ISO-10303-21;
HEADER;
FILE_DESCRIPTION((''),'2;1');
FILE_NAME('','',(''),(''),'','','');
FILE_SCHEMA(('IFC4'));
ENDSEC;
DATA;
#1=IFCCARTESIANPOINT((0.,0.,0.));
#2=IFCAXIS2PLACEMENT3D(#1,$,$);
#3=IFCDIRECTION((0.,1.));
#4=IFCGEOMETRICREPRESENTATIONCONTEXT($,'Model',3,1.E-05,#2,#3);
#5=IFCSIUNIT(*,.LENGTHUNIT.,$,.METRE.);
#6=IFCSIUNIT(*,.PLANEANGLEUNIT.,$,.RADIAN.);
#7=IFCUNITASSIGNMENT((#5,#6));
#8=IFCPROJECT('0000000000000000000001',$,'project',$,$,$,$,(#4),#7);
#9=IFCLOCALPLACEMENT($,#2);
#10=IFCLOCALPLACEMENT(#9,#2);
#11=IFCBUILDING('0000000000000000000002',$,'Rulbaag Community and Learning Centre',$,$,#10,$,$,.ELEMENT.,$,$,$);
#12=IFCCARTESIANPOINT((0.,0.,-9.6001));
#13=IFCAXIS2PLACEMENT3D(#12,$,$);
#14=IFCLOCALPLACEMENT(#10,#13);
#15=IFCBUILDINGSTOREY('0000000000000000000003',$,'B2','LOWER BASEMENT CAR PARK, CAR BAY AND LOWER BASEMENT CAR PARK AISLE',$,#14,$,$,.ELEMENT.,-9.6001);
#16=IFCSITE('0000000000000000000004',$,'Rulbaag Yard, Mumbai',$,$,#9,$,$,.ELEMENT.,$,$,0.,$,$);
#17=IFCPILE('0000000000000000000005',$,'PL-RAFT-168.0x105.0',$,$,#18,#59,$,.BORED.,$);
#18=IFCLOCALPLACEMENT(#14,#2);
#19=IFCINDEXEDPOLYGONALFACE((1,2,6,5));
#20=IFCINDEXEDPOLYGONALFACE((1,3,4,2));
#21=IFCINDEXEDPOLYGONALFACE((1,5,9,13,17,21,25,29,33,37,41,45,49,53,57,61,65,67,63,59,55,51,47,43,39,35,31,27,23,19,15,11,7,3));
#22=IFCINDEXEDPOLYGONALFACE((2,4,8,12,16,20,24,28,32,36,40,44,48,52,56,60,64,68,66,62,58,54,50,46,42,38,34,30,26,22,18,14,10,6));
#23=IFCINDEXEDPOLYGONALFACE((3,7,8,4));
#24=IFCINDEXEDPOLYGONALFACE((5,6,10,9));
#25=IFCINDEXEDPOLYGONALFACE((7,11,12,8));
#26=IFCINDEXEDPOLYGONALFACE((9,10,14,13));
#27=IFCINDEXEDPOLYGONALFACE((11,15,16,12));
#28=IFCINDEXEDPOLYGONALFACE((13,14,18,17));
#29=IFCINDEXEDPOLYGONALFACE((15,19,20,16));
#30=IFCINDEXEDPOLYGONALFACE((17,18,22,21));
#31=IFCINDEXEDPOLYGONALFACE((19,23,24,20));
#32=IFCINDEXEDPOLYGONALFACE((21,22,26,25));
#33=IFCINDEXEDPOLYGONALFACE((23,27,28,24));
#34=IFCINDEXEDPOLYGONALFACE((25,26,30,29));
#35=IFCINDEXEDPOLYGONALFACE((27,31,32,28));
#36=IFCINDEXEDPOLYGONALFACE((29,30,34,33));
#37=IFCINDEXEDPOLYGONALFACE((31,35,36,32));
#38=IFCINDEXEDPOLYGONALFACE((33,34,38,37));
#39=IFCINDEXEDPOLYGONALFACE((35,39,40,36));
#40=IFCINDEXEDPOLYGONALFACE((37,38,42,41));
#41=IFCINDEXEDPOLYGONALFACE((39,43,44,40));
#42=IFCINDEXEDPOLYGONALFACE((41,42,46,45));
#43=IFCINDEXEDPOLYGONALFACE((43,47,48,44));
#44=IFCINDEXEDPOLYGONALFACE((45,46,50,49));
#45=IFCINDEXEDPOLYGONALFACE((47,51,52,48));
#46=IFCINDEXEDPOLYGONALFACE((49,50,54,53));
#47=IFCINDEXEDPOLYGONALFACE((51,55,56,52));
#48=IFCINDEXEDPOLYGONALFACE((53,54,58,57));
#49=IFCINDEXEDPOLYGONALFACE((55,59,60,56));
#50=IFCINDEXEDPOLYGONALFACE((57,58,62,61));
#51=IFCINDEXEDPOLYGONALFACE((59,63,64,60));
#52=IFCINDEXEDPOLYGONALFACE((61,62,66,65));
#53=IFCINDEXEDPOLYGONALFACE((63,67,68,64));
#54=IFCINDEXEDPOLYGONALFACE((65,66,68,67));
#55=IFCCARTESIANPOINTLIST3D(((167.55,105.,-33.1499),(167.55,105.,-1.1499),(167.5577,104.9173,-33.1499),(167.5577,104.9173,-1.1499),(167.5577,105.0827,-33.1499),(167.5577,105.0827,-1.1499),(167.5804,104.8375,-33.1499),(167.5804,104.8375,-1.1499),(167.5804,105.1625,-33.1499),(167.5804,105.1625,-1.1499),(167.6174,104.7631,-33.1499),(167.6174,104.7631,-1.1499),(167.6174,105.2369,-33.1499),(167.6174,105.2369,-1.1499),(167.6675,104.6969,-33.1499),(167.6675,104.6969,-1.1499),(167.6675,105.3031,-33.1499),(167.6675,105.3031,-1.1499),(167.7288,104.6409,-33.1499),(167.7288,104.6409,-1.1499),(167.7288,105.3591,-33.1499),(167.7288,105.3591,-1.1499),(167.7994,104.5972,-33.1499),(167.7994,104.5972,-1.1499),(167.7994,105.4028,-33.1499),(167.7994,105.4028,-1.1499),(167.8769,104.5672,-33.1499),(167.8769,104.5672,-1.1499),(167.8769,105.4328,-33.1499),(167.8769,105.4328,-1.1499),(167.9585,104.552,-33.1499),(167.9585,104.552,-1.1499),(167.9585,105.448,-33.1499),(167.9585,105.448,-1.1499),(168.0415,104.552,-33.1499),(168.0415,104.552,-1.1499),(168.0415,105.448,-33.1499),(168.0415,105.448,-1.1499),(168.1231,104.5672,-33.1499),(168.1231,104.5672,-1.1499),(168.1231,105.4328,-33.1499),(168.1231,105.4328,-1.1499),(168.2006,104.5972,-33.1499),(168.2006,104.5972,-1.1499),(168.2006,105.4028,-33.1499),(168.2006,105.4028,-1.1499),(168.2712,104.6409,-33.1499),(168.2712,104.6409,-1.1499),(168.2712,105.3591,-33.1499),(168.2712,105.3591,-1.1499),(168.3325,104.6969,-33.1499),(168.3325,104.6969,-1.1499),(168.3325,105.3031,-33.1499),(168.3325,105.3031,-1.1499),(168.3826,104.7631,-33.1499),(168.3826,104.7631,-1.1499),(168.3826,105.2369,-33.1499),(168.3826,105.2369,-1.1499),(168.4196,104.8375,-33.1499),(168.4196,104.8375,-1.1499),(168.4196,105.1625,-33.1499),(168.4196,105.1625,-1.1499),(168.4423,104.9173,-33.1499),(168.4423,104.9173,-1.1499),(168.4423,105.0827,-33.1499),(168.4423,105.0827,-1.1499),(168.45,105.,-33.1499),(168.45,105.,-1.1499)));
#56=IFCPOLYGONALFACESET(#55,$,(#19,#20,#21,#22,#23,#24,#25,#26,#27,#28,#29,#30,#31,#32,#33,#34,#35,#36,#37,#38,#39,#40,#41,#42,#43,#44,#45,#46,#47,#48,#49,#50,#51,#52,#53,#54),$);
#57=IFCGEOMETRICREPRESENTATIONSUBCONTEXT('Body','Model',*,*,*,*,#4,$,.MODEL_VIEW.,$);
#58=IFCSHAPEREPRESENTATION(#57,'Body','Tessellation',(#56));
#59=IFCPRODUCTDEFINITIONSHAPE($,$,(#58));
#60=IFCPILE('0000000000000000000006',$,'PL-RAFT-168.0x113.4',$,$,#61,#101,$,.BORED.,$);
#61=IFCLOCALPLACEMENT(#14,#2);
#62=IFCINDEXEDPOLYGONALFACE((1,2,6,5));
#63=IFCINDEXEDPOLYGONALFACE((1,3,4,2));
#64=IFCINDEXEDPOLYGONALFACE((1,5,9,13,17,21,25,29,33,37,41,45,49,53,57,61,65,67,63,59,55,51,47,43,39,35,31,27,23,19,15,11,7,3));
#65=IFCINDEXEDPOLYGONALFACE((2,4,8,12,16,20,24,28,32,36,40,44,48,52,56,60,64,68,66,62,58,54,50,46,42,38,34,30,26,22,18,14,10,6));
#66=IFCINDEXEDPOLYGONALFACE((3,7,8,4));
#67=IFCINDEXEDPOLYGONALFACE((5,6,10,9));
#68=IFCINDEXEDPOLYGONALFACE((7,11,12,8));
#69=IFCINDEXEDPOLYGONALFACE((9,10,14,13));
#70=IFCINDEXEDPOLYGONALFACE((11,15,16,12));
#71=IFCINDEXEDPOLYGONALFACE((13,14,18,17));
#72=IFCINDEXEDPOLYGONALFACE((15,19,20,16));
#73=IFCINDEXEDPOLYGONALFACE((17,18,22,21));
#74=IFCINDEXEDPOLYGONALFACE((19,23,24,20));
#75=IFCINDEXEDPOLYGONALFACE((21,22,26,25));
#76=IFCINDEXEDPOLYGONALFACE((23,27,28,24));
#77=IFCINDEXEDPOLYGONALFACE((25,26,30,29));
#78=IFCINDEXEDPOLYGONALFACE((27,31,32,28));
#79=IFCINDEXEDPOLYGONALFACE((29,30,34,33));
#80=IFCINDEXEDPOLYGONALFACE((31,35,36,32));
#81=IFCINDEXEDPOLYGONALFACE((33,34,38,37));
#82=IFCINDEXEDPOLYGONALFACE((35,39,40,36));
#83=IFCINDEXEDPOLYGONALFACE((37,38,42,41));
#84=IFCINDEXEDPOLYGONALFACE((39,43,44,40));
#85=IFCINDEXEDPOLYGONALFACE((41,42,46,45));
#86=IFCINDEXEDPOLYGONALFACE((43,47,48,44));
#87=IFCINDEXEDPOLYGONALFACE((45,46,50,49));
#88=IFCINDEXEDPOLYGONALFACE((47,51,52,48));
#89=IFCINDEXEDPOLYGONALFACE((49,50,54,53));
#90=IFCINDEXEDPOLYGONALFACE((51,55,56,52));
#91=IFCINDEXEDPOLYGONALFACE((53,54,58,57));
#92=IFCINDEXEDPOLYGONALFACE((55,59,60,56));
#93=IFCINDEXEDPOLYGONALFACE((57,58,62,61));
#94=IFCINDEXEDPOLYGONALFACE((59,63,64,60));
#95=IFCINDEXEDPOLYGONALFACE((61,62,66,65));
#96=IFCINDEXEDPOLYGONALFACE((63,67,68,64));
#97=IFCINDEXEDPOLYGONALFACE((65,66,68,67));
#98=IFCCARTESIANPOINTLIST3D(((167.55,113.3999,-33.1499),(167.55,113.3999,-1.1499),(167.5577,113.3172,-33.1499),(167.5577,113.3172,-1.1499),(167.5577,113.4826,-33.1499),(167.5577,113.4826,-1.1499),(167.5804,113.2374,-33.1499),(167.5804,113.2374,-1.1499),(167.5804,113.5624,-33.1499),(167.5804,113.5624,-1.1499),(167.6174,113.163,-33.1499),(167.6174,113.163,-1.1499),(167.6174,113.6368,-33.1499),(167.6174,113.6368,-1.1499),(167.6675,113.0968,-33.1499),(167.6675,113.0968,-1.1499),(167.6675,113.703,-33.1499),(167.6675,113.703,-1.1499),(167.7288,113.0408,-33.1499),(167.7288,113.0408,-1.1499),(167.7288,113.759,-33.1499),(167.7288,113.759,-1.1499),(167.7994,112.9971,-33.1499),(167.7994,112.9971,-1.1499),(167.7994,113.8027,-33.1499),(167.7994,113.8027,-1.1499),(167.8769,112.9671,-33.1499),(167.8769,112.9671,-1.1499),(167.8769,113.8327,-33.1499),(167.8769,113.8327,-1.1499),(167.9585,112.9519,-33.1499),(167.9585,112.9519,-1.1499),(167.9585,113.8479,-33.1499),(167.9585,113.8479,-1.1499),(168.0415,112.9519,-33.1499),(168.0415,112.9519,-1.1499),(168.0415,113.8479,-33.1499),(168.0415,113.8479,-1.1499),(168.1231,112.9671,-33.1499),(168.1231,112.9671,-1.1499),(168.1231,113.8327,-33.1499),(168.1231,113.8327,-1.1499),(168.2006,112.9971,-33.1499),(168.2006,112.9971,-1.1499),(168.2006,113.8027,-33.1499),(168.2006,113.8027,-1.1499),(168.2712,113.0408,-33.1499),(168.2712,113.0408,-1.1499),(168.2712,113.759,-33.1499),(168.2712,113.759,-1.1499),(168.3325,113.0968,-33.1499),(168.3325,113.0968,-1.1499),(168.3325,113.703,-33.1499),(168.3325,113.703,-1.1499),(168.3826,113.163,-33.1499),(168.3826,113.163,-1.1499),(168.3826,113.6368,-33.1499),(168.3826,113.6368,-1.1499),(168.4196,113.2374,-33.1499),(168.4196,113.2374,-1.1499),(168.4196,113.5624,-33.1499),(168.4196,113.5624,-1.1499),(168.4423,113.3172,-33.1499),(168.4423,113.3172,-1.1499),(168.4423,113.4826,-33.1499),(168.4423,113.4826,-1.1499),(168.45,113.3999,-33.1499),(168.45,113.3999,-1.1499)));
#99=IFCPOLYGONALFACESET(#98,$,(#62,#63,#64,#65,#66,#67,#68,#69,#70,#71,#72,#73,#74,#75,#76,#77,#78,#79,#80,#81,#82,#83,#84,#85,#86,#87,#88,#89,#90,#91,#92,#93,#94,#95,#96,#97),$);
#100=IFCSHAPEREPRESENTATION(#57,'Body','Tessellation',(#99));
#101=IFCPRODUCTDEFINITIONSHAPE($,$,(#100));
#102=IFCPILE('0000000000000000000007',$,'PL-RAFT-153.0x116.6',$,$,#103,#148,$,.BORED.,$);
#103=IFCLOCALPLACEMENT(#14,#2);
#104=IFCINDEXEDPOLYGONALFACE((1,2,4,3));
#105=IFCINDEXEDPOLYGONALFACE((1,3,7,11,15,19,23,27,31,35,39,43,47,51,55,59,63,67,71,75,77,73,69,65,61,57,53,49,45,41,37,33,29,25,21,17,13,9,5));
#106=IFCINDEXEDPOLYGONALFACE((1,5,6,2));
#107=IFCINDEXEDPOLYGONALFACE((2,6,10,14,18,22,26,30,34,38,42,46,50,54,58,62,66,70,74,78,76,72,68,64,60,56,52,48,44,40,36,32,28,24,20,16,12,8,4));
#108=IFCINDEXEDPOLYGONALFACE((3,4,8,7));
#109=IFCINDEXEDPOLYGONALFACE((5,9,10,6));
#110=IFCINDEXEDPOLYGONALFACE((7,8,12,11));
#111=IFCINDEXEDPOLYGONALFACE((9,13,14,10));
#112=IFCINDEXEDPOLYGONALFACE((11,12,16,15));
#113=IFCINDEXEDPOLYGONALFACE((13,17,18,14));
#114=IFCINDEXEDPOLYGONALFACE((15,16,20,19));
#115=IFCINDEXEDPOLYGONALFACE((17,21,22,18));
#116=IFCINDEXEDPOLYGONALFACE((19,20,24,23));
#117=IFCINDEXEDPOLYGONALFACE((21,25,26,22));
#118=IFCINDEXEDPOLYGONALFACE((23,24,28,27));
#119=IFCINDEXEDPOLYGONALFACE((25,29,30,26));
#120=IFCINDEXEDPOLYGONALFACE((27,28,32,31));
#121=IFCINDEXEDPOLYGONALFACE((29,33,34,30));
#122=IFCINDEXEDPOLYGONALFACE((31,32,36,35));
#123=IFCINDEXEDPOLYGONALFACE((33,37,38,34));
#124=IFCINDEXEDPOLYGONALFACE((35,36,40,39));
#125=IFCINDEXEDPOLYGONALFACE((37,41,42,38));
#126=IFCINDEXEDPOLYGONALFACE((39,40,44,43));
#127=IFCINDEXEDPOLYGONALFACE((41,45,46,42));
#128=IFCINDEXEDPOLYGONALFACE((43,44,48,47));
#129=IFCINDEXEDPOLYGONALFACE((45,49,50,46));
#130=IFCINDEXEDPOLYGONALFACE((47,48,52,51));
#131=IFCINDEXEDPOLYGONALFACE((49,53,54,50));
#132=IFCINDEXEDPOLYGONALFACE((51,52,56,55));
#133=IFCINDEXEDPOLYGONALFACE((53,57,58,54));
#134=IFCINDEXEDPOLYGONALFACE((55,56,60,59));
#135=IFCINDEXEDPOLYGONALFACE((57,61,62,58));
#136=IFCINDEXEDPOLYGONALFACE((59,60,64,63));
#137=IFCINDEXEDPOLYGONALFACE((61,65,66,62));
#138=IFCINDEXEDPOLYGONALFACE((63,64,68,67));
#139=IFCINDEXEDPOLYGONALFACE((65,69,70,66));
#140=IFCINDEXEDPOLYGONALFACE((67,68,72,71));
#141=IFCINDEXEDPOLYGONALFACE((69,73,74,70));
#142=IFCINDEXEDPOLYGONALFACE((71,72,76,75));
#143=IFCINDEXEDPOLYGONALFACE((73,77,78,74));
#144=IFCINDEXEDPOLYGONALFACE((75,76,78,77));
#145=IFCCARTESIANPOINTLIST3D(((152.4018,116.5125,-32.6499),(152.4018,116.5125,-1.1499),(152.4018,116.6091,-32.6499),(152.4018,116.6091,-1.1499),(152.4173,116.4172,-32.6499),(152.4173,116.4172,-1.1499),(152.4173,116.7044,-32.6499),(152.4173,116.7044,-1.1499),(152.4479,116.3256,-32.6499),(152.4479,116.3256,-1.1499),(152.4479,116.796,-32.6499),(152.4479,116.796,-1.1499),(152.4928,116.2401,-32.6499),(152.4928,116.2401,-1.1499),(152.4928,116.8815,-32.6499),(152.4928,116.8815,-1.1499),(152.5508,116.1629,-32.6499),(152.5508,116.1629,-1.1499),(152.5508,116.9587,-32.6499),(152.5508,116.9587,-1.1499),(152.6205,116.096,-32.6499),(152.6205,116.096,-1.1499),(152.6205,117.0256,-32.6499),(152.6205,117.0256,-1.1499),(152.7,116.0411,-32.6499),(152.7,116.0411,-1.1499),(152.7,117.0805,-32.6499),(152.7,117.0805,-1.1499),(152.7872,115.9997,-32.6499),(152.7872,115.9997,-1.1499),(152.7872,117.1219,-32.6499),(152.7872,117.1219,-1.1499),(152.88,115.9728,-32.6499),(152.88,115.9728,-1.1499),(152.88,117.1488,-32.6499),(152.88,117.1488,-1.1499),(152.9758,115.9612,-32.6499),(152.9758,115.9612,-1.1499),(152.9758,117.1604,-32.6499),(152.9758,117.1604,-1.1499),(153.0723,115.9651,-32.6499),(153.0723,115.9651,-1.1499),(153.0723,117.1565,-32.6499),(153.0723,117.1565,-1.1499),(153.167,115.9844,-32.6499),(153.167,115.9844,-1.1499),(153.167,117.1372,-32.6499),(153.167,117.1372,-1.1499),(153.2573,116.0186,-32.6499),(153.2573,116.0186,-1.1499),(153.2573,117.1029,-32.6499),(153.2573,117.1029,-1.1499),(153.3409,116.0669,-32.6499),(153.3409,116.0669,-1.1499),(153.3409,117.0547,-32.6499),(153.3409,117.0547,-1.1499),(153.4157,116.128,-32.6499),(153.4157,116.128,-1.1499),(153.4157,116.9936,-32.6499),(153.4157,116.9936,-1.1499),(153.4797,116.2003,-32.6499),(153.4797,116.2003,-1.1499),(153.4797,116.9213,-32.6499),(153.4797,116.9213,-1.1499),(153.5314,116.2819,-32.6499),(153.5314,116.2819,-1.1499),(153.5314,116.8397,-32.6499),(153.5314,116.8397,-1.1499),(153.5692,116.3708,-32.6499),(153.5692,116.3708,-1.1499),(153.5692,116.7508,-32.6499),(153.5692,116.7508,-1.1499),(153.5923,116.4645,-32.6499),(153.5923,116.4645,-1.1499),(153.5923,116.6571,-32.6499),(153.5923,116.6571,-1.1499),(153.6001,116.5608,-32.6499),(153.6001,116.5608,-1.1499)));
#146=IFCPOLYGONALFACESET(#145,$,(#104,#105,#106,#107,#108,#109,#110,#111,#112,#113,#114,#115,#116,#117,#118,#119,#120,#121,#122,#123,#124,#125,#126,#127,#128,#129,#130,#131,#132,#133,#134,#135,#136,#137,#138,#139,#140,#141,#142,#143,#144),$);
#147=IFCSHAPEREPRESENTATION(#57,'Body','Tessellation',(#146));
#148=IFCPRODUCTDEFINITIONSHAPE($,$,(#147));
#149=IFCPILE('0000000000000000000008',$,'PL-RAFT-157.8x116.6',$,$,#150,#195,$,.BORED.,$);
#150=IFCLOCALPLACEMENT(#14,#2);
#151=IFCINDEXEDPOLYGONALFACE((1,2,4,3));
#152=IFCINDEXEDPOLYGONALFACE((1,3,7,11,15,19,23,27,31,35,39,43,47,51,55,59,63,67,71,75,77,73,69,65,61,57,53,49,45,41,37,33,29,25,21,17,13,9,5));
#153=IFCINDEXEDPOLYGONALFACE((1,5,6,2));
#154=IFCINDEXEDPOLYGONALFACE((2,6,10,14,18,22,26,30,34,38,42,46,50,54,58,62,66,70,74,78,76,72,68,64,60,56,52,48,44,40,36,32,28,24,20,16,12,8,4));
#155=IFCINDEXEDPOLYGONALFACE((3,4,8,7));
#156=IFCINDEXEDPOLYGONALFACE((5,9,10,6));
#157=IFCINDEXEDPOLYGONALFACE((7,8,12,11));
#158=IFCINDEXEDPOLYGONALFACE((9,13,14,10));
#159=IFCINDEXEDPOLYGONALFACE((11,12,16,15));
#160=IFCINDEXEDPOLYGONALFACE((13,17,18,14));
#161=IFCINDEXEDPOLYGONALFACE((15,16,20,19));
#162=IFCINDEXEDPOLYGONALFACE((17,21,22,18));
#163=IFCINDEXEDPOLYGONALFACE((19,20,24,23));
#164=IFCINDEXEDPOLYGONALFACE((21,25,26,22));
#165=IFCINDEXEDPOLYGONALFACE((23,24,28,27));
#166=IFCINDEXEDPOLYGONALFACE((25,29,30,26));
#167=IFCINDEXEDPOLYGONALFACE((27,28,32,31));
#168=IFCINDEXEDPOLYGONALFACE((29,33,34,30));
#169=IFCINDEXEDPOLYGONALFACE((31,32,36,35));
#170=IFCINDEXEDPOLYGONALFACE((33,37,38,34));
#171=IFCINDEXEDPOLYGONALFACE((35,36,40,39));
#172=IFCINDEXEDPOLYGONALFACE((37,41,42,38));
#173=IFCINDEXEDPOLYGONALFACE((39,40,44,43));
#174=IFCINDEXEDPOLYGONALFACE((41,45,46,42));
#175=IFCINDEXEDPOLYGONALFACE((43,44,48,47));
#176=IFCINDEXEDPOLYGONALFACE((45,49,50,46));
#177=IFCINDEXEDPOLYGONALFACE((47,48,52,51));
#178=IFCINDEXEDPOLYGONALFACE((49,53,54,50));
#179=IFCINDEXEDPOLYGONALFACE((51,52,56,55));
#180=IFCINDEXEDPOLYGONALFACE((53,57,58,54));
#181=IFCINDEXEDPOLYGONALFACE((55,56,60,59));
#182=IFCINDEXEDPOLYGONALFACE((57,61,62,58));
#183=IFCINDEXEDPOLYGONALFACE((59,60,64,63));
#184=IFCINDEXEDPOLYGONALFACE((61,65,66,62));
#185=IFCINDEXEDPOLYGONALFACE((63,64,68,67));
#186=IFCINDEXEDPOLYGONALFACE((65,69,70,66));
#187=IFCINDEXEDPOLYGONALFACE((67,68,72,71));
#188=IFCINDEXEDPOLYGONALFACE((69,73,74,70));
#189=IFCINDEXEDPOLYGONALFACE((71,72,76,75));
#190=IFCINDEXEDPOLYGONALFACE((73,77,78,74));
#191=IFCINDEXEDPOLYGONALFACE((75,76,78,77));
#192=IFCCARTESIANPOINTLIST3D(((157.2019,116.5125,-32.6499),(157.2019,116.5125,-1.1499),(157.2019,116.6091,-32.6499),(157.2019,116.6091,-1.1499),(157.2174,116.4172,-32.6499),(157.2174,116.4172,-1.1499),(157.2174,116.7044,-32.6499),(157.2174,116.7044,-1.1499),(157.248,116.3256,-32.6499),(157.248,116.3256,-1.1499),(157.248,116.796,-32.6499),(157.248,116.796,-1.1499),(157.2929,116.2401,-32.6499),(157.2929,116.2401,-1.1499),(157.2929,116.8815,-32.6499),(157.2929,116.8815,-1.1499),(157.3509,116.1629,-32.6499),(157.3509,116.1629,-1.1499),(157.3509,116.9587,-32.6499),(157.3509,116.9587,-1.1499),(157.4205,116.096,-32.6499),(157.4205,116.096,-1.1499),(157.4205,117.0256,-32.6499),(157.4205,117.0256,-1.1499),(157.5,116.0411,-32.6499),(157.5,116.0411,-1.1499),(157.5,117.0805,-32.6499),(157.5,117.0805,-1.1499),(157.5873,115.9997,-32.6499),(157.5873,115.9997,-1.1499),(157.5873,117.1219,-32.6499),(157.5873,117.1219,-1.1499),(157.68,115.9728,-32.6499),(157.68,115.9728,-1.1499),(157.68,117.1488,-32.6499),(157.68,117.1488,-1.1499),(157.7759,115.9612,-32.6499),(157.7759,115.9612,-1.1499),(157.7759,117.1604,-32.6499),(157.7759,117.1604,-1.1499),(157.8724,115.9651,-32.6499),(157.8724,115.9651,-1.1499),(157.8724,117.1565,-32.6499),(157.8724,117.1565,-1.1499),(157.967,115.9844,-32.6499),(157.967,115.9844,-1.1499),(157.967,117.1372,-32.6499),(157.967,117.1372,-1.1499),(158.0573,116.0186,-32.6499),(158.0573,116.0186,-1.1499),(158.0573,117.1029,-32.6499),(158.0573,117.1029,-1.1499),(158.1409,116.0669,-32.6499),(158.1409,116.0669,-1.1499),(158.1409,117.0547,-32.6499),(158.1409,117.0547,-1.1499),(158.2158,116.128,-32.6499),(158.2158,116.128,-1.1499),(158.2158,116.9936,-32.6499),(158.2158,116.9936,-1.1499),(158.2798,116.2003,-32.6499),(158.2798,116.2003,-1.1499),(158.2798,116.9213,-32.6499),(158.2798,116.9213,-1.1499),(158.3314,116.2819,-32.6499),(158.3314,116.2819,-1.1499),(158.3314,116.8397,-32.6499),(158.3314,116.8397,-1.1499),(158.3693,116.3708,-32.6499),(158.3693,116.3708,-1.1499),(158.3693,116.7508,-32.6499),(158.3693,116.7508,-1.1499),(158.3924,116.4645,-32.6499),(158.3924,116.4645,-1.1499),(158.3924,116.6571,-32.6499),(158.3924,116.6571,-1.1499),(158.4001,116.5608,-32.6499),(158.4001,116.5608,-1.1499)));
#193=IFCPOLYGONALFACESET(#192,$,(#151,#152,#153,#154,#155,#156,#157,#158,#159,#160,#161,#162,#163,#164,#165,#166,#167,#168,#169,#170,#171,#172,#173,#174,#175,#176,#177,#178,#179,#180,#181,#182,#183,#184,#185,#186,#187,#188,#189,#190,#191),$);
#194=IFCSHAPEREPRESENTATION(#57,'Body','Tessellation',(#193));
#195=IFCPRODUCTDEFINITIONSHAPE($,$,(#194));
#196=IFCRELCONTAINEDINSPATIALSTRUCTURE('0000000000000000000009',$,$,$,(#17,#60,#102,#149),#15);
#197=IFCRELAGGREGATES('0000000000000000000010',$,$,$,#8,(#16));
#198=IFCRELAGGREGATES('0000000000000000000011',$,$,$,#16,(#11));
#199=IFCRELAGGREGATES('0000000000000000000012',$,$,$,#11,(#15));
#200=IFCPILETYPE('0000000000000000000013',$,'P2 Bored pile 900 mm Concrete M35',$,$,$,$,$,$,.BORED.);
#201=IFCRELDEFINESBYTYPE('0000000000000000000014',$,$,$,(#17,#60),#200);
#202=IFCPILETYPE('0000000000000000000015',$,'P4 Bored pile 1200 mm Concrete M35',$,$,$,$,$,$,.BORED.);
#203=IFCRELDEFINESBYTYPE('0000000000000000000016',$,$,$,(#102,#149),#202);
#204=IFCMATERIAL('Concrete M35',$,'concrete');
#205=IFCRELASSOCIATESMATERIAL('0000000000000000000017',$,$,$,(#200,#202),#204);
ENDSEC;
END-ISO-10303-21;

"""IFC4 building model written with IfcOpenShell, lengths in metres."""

from ifc_helpers import new_model, si_unit, direction, frame, origin, origin_2d, place, context, subcontext, project, spatial, circle, extrude, material, material_profile, profile_set, type_object, element, save


model = new_model("IFC4")

# Units and contexts
model_context = context("Model", 3, precision=1e-05, world=origin(), true_north=direction((0.0, 1.0)))
body_context = subcontext(model_context, "Body", "Model", "MODEL_VIEW")
ifc_project = project(units=[si_unit("LENGTHUNIT", "METRE"), si_unit("PLANEANGLEUNIT", "RADIAN")], contexts=[model_context])

# Site, building, storey
site_placement = place(None, origin())
site = spatial("IfcSite", under=ifc_project, at=site_placement, Name="Rulbaag Yard, Mumbai", CompositionType="ELEMENT", RefElevation=0.0)
building_placement = place(site_placement, origin())
building = spatial("IfcBuilding", under=site, at=building_placement, Name="Rulbaag Community and Learning Centre", CompositionType="ELEMENT")
storey_placement = place(building_placement, frame((0.0, 0.0, -9.6001)))
storey = spatial("IfcBuildingStorey", under=building, at=storey_placement, Name="B2", Description="LOWER BASEMENT CAR PARK, CAR BAY AND LOWER BASEMENT CAR PARK AISLE", CompositionType="ELEMENT", Elevation=-9.6001)

# Piles
ifc_material_1 = material(Name="Concrete M35", Category="concrete")
ifc_material_profile_1 = material_profile(ifc_material_1, circle(Radius=0.45, at=origin_2d()), Name="BP900")
ifc_profile_set_1 = profile_set([ifc_material_profile_1], Name="Concrete M35")
pile_type_1 = type_object("IfcPileType", Name="P2 Bored pile 900 mm Concrete M35", PredefinedType="BORED", material=ifc_profile_set_1)
for number, where, z_axis, x_axis, name in (
    (1, (168.0, 105.0, -1.1499), (0.0, 0.0, -1.0), (1.0, 0.0, 0.0), "PL-RAFT-168.0x105.0"),
    (2, (168.0, 113.3999, -1.1499), (0.0, 0.0, -1.0), (1.0, 0.0, 0.0), "PL-RAFT-168.0x113.4"),
):
    element("IfcPile", number, at=place(storey_placement, frame(where, z_axis=z_axis, x_axis=x_axis)), inside=storey, type_object=pile_type_1, Name=name, PredefinedType="BORED", context=body_context, shape_type="SweptSolid", body=[
        extrude(circle(Radius=0.45, at=origin_2d()), origin(), (0.0, 0.0, 1.0), 32.0),
    ])
ifc_material_profile_2 = material_profile(ifc_material_1, circle(Radius=0.6001, at=origin_2d()), Name="BP1200")
ifc_profile_set_2 = profile_set([ifc_material_profile_2], Name="Concrete M35")
pile_type_2 = type_object("IfcPileType", Name="P4 Bored pile 1200 mm Concrete M35", PredefinedType="BORED", material=ifc_profile_set_2)
for number, where, z_axis, x_axis, name in (
    (3, (153.0, 116.5608, -1.1499), (0.0, 0.0, -1.0), (1.0, 0.0, 0.0), "PL-RAFT-153.0x116.6"),
    (4, (157.8, 116.5608, -1.1499), (0.0, 0.0, -1.0), (1.0, 0.0, 0.0), "PL-RAFT-157.8x116.6"),
):
    element("IfcPile", number, at=place(storey_placement, frame(where, z_axis=z_axis, x_axis=x_axis)), inside=storey, type_object=pile_type_2, Name=name, PredefinedType="BORED", context=body_context, shape_type="SweptSolid", body=[
        extrude(circle(Radius=0.6001, at=origin_2d()), origin(), (0.0, 0.0, 1.0), 31.5),
    ])

save(model, "model.ifc")
